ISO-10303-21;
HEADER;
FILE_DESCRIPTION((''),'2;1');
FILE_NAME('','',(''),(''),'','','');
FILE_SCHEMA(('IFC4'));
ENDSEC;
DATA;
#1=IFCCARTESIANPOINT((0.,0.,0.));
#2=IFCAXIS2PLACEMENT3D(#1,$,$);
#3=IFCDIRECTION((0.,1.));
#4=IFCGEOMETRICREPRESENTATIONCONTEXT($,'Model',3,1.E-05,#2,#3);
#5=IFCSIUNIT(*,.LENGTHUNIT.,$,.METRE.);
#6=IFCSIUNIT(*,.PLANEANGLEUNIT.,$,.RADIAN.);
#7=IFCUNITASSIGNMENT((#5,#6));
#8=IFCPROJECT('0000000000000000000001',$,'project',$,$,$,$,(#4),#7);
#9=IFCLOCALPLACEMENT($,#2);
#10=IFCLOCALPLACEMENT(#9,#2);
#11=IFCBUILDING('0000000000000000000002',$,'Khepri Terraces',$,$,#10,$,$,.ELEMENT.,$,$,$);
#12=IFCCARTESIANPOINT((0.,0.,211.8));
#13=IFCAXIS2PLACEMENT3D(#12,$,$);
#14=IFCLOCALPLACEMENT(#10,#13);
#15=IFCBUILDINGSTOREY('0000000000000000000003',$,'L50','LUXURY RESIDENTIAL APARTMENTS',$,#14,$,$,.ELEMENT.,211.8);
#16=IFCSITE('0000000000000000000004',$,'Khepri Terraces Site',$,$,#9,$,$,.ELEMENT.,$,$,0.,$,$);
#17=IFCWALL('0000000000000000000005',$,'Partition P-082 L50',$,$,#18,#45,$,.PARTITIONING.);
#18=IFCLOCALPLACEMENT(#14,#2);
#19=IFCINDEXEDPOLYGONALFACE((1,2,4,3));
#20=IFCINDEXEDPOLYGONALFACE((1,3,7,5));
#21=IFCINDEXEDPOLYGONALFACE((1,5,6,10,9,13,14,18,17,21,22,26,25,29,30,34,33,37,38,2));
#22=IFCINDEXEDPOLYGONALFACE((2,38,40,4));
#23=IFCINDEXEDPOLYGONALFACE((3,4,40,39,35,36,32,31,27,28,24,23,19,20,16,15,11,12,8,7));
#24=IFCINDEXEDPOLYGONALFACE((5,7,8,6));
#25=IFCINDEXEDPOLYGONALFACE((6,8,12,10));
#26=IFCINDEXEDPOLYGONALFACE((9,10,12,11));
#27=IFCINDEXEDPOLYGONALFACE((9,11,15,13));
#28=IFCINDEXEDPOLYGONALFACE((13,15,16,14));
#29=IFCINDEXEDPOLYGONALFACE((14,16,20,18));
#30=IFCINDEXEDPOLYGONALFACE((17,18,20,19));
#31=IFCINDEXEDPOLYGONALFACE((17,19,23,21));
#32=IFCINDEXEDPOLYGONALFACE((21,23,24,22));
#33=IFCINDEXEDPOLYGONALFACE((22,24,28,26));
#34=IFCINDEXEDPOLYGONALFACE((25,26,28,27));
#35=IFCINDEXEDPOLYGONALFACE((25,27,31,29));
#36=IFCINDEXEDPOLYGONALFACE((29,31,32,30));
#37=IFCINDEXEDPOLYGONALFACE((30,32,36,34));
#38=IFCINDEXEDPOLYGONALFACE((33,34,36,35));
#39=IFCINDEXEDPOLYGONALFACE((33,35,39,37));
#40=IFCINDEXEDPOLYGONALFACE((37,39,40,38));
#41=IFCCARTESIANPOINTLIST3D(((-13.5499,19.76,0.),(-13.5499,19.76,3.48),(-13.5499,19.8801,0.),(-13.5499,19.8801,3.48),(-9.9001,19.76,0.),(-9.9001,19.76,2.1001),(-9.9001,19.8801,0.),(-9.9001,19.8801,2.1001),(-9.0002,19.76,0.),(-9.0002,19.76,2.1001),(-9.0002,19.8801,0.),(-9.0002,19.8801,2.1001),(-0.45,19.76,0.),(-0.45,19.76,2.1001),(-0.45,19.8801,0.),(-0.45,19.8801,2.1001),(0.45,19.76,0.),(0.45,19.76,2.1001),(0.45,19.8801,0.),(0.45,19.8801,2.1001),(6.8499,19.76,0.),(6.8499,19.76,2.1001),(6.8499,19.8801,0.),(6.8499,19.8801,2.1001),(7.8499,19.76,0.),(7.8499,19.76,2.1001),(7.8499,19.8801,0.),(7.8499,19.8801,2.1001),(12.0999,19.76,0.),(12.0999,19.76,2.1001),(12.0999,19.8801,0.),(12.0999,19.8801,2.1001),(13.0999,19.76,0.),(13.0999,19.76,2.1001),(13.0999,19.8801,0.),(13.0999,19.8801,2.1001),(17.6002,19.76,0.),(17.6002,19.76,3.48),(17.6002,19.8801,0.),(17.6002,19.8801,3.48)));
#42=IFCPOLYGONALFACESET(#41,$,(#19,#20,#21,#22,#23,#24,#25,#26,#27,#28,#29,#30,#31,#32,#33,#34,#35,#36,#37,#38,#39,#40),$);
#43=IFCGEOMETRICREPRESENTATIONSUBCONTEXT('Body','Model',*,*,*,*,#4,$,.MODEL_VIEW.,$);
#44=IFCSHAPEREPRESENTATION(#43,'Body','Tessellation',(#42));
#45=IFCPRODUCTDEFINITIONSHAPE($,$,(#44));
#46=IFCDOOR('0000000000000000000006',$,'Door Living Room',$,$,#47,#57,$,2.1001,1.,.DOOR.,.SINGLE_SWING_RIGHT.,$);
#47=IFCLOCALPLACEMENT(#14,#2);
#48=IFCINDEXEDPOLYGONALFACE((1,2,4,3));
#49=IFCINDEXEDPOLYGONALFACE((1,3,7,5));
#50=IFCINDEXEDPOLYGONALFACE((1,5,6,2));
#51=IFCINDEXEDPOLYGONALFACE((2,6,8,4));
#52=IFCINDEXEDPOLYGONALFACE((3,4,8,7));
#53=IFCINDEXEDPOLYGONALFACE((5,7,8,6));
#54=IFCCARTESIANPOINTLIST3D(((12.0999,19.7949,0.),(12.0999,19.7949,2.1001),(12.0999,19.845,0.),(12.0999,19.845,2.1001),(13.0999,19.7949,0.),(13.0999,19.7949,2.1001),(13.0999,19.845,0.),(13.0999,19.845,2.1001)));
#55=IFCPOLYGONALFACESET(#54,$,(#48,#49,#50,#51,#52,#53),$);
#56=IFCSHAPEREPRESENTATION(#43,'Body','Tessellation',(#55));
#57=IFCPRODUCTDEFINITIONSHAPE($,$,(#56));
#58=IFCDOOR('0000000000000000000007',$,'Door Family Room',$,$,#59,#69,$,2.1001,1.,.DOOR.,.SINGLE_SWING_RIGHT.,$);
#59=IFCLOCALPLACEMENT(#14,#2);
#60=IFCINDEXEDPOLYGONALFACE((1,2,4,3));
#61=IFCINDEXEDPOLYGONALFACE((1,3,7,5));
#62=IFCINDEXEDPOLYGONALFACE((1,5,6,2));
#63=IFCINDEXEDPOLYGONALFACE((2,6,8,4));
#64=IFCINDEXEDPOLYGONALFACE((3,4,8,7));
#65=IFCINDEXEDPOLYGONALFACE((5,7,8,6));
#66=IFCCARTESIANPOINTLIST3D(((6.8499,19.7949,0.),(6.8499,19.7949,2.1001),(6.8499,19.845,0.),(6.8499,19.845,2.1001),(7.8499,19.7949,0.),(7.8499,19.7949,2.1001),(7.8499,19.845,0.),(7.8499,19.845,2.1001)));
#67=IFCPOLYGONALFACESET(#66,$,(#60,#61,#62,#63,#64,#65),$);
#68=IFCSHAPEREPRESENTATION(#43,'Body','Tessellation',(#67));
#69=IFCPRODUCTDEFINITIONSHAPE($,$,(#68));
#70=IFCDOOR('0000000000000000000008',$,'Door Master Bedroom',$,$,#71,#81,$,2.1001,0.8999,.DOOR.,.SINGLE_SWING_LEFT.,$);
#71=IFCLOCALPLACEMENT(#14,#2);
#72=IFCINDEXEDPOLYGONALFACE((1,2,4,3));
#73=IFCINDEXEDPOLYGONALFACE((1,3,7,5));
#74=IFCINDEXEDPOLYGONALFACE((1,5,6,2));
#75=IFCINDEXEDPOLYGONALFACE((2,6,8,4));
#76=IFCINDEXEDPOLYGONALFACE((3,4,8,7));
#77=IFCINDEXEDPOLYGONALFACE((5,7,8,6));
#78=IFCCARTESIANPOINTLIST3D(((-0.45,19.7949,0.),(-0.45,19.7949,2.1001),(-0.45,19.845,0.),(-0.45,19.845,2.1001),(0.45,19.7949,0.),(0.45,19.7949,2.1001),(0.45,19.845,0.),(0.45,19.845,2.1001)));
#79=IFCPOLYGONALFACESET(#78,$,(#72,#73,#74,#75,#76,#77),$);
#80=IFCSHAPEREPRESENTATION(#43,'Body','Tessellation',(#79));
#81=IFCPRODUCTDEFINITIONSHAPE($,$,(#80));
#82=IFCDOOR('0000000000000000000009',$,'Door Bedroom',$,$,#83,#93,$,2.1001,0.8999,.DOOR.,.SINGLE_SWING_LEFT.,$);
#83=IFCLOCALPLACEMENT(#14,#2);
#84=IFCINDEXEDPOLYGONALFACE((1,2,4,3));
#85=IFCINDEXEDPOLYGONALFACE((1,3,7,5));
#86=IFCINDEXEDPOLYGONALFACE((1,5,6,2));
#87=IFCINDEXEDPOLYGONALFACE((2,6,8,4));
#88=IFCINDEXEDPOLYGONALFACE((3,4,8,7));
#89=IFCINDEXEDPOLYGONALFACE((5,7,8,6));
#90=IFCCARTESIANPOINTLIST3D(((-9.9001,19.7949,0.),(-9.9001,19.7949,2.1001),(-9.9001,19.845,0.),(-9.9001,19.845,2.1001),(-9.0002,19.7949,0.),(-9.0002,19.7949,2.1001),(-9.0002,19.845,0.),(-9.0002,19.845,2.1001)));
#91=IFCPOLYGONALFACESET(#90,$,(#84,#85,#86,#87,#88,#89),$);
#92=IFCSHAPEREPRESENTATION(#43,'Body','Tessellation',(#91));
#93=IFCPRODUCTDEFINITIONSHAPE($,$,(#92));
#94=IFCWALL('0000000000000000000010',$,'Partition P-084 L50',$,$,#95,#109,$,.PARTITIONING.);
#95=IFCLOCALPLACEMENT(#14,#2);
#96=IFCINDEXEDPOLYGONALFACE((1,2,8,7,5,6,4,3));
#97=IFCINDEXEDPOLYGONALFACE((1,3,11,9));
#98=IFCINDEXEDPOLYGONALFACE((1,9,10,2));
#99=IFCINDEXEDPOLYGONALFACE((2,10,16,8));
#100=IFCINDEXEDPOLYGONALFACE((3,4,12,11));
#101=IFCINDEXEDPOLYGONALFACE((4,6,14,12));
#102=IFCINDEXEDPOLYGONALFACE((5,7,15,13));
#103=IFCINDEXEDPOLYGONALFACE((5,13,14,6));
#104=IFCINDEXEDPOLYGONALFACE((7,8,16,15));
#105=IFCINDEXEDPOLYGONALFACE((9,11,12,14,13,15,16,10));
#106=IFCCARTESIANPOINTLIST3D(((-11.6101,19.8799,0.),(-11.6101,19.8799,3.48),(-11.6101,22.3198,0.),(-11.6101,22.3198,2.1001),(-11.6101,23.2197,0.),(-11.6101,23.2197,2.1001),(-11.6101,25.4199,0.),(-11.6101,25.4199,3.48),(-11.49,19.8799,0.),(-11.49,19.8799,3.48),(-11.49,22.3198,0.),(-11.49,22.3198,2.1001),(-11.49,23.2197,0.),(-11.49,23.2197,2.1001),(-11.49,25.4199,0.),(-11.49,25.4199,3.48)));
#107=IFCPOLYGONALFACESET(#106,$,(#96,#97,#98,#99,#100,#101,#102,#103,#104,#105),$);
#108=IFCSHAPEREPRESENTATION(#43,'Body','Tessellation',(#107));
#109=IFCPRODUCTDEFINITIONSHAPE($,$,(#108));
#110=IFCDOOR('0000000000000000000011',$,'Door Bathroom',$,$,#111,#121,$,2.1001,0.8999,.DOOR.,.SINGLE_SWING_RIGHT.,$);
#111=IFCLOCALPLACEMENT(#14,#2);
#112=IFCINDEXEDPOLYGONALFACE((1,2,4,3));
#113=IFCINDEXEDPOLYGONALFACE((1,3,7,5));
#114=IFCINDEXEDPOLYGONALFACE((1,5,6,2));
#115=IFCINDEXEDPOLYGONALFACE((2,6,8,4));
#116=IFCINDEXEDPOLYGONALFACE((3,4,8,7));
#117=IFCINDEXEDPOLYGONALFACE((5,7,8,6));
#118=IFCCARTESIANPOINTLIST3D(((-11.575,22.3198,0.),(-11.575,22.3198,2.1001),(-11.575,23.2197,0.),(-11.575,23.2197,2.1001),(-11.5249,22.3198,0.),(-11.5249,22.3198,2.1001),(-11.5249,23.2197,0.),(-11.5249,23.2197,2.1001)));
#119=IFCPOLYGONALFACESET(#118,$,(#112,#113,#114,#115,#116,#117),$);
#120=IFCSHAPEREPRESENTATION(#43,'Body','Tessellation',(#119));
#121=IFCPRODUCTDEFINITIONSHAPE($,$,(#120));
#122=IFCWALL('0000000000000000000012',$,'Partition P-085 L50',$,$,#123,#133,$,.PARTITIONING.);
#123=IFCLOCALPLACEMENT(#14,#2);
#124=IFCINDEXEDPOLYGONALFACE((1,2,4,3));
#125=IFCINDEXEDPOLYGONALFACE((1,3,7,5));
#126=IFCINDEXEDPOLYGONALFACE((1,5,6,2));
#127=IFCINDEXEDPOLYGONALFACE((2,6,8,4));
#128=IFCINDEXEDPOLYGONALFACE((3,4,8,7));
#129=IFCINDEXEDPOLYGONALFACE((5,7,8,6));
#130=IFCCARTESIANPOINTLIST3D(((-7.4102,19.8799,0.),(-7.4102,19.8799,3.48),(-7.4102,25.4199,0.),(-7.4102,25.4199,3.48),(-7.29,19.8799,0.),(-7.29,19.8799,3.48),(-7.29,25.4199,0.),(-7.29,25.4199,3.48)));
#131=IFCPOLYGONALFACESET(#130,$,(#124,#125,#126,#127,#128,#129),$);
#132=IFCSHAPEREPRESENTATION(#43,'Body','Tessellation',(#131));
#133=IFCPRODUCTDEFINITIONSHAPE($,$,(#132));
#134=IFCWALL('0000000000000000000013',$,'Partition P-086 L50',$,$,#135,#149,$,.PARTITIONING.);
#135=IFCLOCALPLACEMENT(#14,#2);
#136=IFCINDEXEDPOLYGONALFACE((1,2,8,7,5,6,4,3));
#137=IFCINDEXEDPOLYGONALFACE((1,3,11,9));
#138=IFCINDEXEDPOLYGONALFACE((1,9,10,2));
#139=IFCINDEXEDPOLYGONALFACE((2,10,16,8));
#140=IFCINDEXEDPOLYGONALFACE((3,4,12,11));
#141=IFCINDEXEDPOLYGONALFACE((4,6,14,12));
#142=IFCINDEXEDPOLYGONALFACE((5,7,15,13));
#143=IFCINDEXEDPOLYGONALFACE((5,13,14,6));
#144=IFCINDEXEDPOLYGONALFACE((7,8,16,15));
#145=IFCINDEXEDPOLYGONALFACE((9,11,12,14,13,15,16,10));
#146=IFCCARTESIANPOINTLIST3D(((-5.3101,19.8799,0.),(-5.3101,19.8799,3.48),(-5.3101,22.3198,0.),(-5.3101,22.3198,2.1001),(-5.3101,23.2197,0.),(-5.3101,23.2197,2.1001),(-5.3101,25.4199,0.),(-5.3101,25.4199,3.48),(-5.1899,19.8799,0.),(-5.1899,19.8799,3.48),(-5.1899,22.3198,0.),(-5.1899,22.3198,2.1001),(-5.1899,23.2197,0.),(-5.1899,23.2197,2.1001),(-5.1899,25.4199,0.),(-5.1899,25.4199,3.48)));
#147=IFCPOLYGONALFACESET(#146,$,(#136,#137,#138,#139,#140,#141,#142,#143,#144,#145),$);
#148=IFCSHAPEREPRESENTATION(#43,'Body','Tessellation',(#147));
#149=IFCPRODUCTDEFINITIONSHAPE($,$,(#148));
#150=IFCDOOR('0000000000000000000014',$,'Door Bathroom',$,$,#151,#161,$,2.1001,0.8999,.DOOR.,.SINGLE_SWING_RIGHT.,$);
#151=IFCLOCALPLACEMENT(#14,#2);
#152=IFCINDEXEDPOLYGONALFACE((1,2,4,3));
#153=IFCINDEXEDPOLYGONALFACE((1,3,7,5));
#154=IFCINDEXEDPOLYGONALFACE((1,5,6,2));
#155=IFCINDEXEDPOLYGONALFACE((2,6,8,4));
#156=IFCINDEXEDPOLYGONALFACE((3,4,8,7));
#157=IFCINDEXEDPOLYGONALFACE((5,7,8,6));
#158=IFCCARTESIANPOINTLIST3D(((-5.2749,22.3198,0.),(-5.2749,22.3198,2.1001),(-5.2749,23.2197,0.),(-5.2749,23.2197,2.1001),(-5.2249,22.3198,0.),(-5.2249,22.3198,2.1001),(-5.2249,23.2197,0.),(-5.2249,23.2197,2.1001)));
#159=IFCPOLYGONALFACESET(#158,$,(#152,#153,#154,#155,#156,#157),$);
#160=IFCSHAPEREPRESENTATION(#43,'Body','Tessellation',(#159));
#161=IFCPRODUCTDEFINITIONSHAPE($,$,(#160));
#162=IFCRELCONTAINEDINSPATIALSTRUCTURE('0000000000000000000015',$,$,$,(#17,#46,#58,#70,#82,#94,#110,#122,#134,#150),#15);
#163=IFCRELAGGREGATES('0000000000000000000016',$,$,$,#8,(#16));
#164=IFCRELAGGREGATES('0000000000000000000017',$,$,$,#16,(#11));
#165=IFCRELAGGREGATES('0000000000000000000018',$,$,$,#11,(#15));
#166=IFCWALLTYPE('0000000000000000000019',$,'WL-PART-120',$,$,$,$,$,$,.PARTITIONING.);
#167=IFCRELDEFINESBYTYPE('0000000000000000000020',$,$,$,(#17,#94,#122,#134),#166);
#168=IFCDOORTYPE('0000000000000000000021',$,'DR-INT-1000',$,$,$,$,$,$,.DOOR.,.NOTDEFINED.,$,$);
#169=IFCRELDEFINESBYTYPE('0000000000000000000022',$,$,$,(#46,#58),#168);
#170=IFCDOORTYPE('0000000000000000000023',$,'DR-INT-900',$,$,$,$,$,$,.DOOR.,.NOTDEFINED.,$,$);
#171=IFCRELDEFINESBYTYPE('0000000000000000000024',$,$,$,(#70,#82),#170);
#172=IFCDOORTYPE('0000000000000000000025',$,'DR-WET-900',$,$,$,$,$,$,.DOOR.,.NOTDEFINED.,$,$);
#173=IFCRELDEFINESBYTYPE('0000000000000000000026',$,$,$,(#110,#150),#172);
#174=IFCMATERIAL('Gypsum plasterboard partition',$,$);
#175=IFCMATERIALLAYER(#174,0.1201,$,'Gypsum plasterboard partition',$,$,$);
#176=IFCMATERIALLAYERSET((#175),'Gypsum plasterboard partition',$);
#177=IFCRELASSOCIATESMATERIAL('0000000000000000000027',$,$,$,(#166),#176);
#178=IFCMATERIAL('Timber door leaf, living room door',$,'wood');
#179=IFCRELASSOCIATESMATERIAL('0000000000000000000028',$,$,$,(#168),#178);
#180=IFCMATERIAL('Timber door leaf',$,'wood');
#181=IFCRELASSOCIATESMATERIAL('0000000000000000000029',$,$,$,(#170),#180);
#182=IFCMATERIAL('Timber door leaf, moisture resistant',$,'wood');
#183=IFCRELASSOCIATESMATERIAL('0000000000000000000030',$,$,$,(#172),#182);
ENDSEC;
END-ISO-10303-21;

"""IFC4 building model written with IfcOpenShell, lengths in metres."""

from ifc_helpers import new_model, si_unit, direction, frame, frame_2d, origin, place, context, subcontext, project, spatial, rectangle, extrude, material, layer, layer_set, type_object, element, fill, save


model = new_model("IFC4")

# Units and contexts
model_context = context("Model", 3, precision=1e-05, world=origin(), true_north=direction((0.0, 1.0)))
body_context = subcontext(model_context, "Body", "Model", "MODEL_VIEW")
ifc_project = project(units=[si_unit("LENGTHUNIT", "METRE"), si_unit("PLANEANGLEUNIT", "RADIAN")], contexts=[model_context])

# Site, building, storey
site_placement = place(None, origin())
site = spatial("IfcSite", under=ifc_project, at=site_placement, Name="Khepri Terraces Site", CompositionType="ELEMENT", RefElevation=0.0)
building_placement = place(site_placement, origin())
building = spatial("IfcBuilding", under=site, at=building_placement, Name="Khepri Terraces", CompositionType="ELEMENT")
storey_placement = place(building_placement, frame((0.0, 0.0, 211.8)))
storey = spatial("IfcBuildingStorey", under=building, at=storey_placement, Name="L50", Description="LUXURY RESIDENTIAL APARTMENTS", CompositionType="ELEMENT", Elevation=211.8)

# Wall, openings, doors
ifc_material_1 = material(Name="Gypsum plasterboard partition")
ifc_layer_1 = layer(ifc_material_1, 0.1201, Name="Gypsum plasterboard partition")
ifc_layer_set_1 = layer_set([ifc_layer_1], Name="Gypsum plasterboard partition")
wall_type_1 = type_object("IfcWallType", Name="WL-PART-120", PredefinedType="PARTITIONING", material=ifc_layer_set_1)
wall_1_placement = place(storey_placement, frame((-13.55, 19.8201, 0.0), z_axis=(0.0, 0.0, 1.0), x_axis=(1.0, 0.0, 0.0)))
wall_1 = element("IfcWall", 1, at=wall_1_placement, inside=storey, type_object=wall_type_1, Name="Partition P-082 L50", PredefinedType="PARTITIONING", context=body_context, shape_type="SweptSolid", body=[
    extrude(rectangle(XDim=31.1501, YDim=0.1201, at=frame_2d((15.5752, 0.0))), origin(), (0.0, 0.0, 1.0), 3.48),
])
opening_1_placement = place(wall_1_placement, frame((25.6499, 0.0, 0.0)))
opening_1 = element("IfcOpeningElement", 2, at=opening_1_placement, cuts=wall_1, PredefinedType="OPENING", context=body_context, shape_type="SweptSolid", body=[
    extrude(rectangle(XDim=1.0, YDim=2.1001, at=frame_2d((0.5, 1.05))), frame((0.0, 0.0701, 0.0), z_axis=(0.0, -1.0, 0.0), x_axis=(1.0, 0.0, 0.0)), (0.0, 0.0, 1.0), 0.1401),
])
opening_2_placement = place(wall_1_placement, frame((20.3999, 0.0, 0.0)))
opening_2 = element("IfcOpeningElement", 3, at=opening_2_placement, cuts=wall_1, PredefinedType="OPENING", context=body_context, shape_type="SweptSolid", body=[
    extrude(rectangle(XDim=1.0, YDim=2.1001, at=frame_2d((0.5, 1.05))), frame((0.0, 0.0701, 0.0), z_axis=(0.0, -1.0, 0.0), x_axis=(1.0, 0.0, 0.0)), (0.0, 0.0, 1.0), 0.1401),
])
opening_3_placement = place(wall_1_placement, frame((13.1001, 0.0, 0.0)))
opening_3 = element("IfcOpeningElement", 4, at=opening_3_placement, cuts=wall_1, PredefinedType="OPENING", context=body_context, shape_type="SweptSolid", body=[
    extrude(rectangle(XDim=0.8999, YDim=2.1001, at=frame_2d((0.45, 1.05))), frame((0.0, 0.0701, 0.0), z_axis=(0.0, -1.0, 0.0), x_axis=(1.0, 0.0, 0.0)), (0.0, 0.0, 1.0), 0.1401),
])
opening_4_placement = place(wall_1_placement, frame((3.6499, 0.0, 0.0)))
opening_4 = element("IfcOpeningElement", 5, at=opening_4_placement, cuts=wall_1, PredefinedType="OPENING", context=body_context, shape_type="SweptSolid", body=[
    extrude(rectangle(XDim=0.8999, YDim=2.1001, at=frame_2d((0.45, 1.05))), frame((0.0, 0.0701, 0.0), z_axis=(0.0, -1.0, 0.0), x_axis=(1.0, 0.0, 0.0)), (0.0, 0.0, 1.0), 0.1401),
])
ifc_material_2 = material(Name="Timber door leaf, living room door", Category="wood")
door_type_1 = type_object("IfcDoorType", Name="DR-INT-1000", OperationType="NOTDEFINED", PredefinedType="DOOR", material=ifc_material_2)
door_1_placement = place(opening_1_placement, origin())
door_1 = element("IfcDoor", 6, at=door_1_placement, inside=storey, type_object=door_type_1, Name="Door Living Room", OperationType="SINGLE_SWING_RIGHT", OverallHeight=2.1001, OverallWidth=1.0, PredefinedType="DOOR", context=body_context, shape_type="SweptSolid", body=[
    extrude(rectangle(XDim=1.0, YDim=2.1001, at=frame_2d((0.5, 1.05))), frame((0.0, 0.0249, 0.0), z_axis=(0.0, -1.0, 0.0), x_axis=(1.0, 0.0, 0.0)), (0.0, 0.0, 1.0), 0.05),
])
fill(opening_1, door_1)
door_2_placement = place(opening_2_placement, origin())
door_2 = element("IfcDoor", 7, at=door_2_placement, inside=storey, type_object=door_type_1, Name="Door Family Room", OperationType="SINGLE_SWING_RIGHT", OverallHeight=2.1001, OverallWidth=1.0, PredefinedType="DOOR", context=body_context, shape_type="SweptSolid", body=[
    extrude(rectangle(XDim=1.0, YDim=2.1001, at=frame_2d((0.5, 1.05))), frame((0.0, 0.0249, 0.0), z_axis=(0.0, -1.0, 0.0), x_axis=(1.0, 0.0, 0.0)), (0.0, 0.0, 1.0), 0.05),
])
fill(opening_2, door_2)
ifc_material_3 = material(Name="Timber door leaf", Category="wood")
door_type_2 = type_object("IfcDoorType", Name="DR-INT-900", OperationType="NOTDEFINED", PredefinedType="DOOR", material=ifc_material_3)
door_3_placement = place(opening_3_placement, origin())
door_3 = element("IfcDoor", 8, at=door_3_placement, inside=storey, type_object=door_type_2, Name="Door Master Bedroom", OperationType="SINGLE_SWING_LEFT", OverallHeight=2.1001, OverallWidth=0.8999, PredefinedType="DOOR", context=body_context, shape_type="SweptSolid", body=[
    extrude(rectangle(XDim=0.8999, YDim=2.1001, at=frame_2d((0.45, 1.05))), frame((0.0, 0.0249, 0.0), z_axis=(0.0, -1.0, 0.0), x_axis=(1.0, 0.0, 0.0)), (0.0, 0.0, 1.0), 0.05),
])
fill(opening_3, door_3)
door_4_placement = place(opening_4_placement, origin())
door_4 = element("IfcDoor", 9, at=door_4_placement, inside=storey, type_object=door_type_2, Name="Door Bedroom", OperationType="SINGLE_SWING_LEFT", OverallHeight=2.1001, OverallWidth=0.8999, PredefinedType="DOOR", context=body_context, shape_type="SweptSolid", body=[
    extrude(rectangle(XDim=0.8999, YDim=2.1001, at=frame_2d((0.45, 1.05))), frame((0.0, 0.0249, 0.0), z_axis=(0.0, -1.0, 0.0), x_axis=(1.0, 0.0, 0.0)), (0.0, 0.0, 1.0), 0.05),
])
fill(opening_4, door_4)

# Wall, opening, door
wall_2_placement = place(storey_placement, frame((-11.55, 19.8799, 0.0), z_axis=(0.0, 0.0, 1.0), x_axis=(0.0, 1.0, 0.0)))
wall_2 = element("IfcWall", 10, at=wall_2_placement, inside=storey, type_object=wall_type_1, Name="Partition P-084 L50", PredefinedType="PARTITIONING", context=body_context, shape_type="SweptSolid", body=[
    extrude(rectangle(XDim=5.54, YDim=0.1201, at=frame_2d((2.77, 0.0))), origin(), (0.0, 0.0, 1.0), 3.48),
])
opening_5_placement = place(wall_2_placement, frame((2.4399, 0.0, 0.0)))
opening_5 = element("IfcOpeningElement", 11, at=opening_5_placement, cuts=wall_2, PredefinedType="OPENING", context=body_context, shape_type="SweptSolid", body=[
    extrude(rectangle(XDim=0.8999, YDim=2.1001, at=frame_2d((0.45, 1.05))), frame((0.0, 0.0701, 0.0), z_axis=(0.0, -1.0, 0.0), x_axis=(1.0, 0.0, 0.0)), (0.0, 0.0, 1.0), 0.1401),
])
ifc_material_4 = material(Name="Timber door leaf, moisture resistant", Category="wood")
door_type_3 = type_object("IfcDoorType", Name="DR-WET-900", OperationType="NOTDEFINED", PredefinedType="DOOR", material=ifc_material_4)
door_5_placement = place(opening_5_placement, origin())
door_5 = element("IfcDoor", 12, at=door_5_placement, inside=storey, type_object=door_type_3, Name="Door Bathroom", OperationType="SINGLE_SWING_RIGHT", OverallHeight=2.1001, OverallWidth=0.8999, PredefinedType="DOOR", context=body_context, shape_type="SweptSolid", body=[
    extrude(rectangle(XDim=0.8999, YDim=2.1001, at=frame_2d((0.45, 1.05))), frame((0.0, 0.0249, 0.0), z_axis=(0.0, -1.0, 0.0), x_axis=(1.0, 0.0, 0.0)), (0.0, 0.0, 1.0), 0.05),
])
fill(opening_5, door_5)

# Wall
wall_3_placement = place(storey_placement, frame((-7.3501, 19.8799, 0.0), z_axis=(0.0, 0.0, 1.0), x_axis=(0.0, 1.0, 0.0)))
element("IfcWall", 13, at=wall_3_placement, inside=storey, type_object=wall_type_1, Name="Partition P-085 L50", PredefinedType="PARTITIONING", context=body_context, shape_type="SweptSolid", body=[
    extrude(rectangle(XDim=5.54, YDim=0.1201, at=frame_2d((2.77, 0.0))), origin(), (0.0, 0.0, 1.0), 3.48),
])

# Wall, opening, door
wall_4_placement = place(storey_placement, frame((-5.25, 19.8799, 0.0), z_axis=(0.0, 0.0, 1.0), x_axis=(0.0, 1.0, 0.0)))
wall_4 = element("IfcWall", 14, at=wall_4_placement, inside=storey, type_object=wall_type_1, Name="Partition P-086 L50", PredefinedType="PARTITIONING", context=body_context, shape_type="SweptSolid", body=[
    extrude(rectangle(XDim=5.54, YDim=0.1201, at=frame_2d((2.77, 0.0))), origin(), (0.0, 0.0, 1.0), 3.48),
])
opening_6_placement = place(wall_4_placement, frame((2.4399, 0.0, 0.0)))
opening_6 = element("IfcOpeningElement", 15, at=opening_6_placement, cuts=wall_4, PredefinedType="OPENING", context=body_context, shape_type="SweptSolid", body=[
    extrude(rectangle(XDim=0.8999, YDim=2.1001, at=frame_2d((0.45, 1.05))), frame((0.0, 0.0701, 0.0), z_axis=(0.0, -1.0, 0.0), x_axis=(1.0, 0.0, 0.0)), (0.0, 0.0, 1.0), 0.1401),
])
door_6_placement = place(opening_6_placement, origin())
door_6 = element("IfcDoor", 16, at=door_6_placement, inside=storey, type_object=door_type_3, Name="Door Bathroom", OperationType="SINGLE_SWING_RIGHT", OverallHeight=2.1001, OverallWidth=0.8999, PredefinedType="DOOR", context=body_context, shape_type="SweptSolid", body=[
    extrude(rectangle(XDim=0.8999, YDim=2.1001, at=frame_2d((0.45, 1.05))), frame((0.0, 0.0249, 0.0), z_axis=(0.0, -1.0, 0.0), x_axis=(1.0, 0.0, 0.0)), (0.0, 0.0, 1.0), 0.05),
])
fill(opening_6, door_6)

save(model, "model.ifc")
